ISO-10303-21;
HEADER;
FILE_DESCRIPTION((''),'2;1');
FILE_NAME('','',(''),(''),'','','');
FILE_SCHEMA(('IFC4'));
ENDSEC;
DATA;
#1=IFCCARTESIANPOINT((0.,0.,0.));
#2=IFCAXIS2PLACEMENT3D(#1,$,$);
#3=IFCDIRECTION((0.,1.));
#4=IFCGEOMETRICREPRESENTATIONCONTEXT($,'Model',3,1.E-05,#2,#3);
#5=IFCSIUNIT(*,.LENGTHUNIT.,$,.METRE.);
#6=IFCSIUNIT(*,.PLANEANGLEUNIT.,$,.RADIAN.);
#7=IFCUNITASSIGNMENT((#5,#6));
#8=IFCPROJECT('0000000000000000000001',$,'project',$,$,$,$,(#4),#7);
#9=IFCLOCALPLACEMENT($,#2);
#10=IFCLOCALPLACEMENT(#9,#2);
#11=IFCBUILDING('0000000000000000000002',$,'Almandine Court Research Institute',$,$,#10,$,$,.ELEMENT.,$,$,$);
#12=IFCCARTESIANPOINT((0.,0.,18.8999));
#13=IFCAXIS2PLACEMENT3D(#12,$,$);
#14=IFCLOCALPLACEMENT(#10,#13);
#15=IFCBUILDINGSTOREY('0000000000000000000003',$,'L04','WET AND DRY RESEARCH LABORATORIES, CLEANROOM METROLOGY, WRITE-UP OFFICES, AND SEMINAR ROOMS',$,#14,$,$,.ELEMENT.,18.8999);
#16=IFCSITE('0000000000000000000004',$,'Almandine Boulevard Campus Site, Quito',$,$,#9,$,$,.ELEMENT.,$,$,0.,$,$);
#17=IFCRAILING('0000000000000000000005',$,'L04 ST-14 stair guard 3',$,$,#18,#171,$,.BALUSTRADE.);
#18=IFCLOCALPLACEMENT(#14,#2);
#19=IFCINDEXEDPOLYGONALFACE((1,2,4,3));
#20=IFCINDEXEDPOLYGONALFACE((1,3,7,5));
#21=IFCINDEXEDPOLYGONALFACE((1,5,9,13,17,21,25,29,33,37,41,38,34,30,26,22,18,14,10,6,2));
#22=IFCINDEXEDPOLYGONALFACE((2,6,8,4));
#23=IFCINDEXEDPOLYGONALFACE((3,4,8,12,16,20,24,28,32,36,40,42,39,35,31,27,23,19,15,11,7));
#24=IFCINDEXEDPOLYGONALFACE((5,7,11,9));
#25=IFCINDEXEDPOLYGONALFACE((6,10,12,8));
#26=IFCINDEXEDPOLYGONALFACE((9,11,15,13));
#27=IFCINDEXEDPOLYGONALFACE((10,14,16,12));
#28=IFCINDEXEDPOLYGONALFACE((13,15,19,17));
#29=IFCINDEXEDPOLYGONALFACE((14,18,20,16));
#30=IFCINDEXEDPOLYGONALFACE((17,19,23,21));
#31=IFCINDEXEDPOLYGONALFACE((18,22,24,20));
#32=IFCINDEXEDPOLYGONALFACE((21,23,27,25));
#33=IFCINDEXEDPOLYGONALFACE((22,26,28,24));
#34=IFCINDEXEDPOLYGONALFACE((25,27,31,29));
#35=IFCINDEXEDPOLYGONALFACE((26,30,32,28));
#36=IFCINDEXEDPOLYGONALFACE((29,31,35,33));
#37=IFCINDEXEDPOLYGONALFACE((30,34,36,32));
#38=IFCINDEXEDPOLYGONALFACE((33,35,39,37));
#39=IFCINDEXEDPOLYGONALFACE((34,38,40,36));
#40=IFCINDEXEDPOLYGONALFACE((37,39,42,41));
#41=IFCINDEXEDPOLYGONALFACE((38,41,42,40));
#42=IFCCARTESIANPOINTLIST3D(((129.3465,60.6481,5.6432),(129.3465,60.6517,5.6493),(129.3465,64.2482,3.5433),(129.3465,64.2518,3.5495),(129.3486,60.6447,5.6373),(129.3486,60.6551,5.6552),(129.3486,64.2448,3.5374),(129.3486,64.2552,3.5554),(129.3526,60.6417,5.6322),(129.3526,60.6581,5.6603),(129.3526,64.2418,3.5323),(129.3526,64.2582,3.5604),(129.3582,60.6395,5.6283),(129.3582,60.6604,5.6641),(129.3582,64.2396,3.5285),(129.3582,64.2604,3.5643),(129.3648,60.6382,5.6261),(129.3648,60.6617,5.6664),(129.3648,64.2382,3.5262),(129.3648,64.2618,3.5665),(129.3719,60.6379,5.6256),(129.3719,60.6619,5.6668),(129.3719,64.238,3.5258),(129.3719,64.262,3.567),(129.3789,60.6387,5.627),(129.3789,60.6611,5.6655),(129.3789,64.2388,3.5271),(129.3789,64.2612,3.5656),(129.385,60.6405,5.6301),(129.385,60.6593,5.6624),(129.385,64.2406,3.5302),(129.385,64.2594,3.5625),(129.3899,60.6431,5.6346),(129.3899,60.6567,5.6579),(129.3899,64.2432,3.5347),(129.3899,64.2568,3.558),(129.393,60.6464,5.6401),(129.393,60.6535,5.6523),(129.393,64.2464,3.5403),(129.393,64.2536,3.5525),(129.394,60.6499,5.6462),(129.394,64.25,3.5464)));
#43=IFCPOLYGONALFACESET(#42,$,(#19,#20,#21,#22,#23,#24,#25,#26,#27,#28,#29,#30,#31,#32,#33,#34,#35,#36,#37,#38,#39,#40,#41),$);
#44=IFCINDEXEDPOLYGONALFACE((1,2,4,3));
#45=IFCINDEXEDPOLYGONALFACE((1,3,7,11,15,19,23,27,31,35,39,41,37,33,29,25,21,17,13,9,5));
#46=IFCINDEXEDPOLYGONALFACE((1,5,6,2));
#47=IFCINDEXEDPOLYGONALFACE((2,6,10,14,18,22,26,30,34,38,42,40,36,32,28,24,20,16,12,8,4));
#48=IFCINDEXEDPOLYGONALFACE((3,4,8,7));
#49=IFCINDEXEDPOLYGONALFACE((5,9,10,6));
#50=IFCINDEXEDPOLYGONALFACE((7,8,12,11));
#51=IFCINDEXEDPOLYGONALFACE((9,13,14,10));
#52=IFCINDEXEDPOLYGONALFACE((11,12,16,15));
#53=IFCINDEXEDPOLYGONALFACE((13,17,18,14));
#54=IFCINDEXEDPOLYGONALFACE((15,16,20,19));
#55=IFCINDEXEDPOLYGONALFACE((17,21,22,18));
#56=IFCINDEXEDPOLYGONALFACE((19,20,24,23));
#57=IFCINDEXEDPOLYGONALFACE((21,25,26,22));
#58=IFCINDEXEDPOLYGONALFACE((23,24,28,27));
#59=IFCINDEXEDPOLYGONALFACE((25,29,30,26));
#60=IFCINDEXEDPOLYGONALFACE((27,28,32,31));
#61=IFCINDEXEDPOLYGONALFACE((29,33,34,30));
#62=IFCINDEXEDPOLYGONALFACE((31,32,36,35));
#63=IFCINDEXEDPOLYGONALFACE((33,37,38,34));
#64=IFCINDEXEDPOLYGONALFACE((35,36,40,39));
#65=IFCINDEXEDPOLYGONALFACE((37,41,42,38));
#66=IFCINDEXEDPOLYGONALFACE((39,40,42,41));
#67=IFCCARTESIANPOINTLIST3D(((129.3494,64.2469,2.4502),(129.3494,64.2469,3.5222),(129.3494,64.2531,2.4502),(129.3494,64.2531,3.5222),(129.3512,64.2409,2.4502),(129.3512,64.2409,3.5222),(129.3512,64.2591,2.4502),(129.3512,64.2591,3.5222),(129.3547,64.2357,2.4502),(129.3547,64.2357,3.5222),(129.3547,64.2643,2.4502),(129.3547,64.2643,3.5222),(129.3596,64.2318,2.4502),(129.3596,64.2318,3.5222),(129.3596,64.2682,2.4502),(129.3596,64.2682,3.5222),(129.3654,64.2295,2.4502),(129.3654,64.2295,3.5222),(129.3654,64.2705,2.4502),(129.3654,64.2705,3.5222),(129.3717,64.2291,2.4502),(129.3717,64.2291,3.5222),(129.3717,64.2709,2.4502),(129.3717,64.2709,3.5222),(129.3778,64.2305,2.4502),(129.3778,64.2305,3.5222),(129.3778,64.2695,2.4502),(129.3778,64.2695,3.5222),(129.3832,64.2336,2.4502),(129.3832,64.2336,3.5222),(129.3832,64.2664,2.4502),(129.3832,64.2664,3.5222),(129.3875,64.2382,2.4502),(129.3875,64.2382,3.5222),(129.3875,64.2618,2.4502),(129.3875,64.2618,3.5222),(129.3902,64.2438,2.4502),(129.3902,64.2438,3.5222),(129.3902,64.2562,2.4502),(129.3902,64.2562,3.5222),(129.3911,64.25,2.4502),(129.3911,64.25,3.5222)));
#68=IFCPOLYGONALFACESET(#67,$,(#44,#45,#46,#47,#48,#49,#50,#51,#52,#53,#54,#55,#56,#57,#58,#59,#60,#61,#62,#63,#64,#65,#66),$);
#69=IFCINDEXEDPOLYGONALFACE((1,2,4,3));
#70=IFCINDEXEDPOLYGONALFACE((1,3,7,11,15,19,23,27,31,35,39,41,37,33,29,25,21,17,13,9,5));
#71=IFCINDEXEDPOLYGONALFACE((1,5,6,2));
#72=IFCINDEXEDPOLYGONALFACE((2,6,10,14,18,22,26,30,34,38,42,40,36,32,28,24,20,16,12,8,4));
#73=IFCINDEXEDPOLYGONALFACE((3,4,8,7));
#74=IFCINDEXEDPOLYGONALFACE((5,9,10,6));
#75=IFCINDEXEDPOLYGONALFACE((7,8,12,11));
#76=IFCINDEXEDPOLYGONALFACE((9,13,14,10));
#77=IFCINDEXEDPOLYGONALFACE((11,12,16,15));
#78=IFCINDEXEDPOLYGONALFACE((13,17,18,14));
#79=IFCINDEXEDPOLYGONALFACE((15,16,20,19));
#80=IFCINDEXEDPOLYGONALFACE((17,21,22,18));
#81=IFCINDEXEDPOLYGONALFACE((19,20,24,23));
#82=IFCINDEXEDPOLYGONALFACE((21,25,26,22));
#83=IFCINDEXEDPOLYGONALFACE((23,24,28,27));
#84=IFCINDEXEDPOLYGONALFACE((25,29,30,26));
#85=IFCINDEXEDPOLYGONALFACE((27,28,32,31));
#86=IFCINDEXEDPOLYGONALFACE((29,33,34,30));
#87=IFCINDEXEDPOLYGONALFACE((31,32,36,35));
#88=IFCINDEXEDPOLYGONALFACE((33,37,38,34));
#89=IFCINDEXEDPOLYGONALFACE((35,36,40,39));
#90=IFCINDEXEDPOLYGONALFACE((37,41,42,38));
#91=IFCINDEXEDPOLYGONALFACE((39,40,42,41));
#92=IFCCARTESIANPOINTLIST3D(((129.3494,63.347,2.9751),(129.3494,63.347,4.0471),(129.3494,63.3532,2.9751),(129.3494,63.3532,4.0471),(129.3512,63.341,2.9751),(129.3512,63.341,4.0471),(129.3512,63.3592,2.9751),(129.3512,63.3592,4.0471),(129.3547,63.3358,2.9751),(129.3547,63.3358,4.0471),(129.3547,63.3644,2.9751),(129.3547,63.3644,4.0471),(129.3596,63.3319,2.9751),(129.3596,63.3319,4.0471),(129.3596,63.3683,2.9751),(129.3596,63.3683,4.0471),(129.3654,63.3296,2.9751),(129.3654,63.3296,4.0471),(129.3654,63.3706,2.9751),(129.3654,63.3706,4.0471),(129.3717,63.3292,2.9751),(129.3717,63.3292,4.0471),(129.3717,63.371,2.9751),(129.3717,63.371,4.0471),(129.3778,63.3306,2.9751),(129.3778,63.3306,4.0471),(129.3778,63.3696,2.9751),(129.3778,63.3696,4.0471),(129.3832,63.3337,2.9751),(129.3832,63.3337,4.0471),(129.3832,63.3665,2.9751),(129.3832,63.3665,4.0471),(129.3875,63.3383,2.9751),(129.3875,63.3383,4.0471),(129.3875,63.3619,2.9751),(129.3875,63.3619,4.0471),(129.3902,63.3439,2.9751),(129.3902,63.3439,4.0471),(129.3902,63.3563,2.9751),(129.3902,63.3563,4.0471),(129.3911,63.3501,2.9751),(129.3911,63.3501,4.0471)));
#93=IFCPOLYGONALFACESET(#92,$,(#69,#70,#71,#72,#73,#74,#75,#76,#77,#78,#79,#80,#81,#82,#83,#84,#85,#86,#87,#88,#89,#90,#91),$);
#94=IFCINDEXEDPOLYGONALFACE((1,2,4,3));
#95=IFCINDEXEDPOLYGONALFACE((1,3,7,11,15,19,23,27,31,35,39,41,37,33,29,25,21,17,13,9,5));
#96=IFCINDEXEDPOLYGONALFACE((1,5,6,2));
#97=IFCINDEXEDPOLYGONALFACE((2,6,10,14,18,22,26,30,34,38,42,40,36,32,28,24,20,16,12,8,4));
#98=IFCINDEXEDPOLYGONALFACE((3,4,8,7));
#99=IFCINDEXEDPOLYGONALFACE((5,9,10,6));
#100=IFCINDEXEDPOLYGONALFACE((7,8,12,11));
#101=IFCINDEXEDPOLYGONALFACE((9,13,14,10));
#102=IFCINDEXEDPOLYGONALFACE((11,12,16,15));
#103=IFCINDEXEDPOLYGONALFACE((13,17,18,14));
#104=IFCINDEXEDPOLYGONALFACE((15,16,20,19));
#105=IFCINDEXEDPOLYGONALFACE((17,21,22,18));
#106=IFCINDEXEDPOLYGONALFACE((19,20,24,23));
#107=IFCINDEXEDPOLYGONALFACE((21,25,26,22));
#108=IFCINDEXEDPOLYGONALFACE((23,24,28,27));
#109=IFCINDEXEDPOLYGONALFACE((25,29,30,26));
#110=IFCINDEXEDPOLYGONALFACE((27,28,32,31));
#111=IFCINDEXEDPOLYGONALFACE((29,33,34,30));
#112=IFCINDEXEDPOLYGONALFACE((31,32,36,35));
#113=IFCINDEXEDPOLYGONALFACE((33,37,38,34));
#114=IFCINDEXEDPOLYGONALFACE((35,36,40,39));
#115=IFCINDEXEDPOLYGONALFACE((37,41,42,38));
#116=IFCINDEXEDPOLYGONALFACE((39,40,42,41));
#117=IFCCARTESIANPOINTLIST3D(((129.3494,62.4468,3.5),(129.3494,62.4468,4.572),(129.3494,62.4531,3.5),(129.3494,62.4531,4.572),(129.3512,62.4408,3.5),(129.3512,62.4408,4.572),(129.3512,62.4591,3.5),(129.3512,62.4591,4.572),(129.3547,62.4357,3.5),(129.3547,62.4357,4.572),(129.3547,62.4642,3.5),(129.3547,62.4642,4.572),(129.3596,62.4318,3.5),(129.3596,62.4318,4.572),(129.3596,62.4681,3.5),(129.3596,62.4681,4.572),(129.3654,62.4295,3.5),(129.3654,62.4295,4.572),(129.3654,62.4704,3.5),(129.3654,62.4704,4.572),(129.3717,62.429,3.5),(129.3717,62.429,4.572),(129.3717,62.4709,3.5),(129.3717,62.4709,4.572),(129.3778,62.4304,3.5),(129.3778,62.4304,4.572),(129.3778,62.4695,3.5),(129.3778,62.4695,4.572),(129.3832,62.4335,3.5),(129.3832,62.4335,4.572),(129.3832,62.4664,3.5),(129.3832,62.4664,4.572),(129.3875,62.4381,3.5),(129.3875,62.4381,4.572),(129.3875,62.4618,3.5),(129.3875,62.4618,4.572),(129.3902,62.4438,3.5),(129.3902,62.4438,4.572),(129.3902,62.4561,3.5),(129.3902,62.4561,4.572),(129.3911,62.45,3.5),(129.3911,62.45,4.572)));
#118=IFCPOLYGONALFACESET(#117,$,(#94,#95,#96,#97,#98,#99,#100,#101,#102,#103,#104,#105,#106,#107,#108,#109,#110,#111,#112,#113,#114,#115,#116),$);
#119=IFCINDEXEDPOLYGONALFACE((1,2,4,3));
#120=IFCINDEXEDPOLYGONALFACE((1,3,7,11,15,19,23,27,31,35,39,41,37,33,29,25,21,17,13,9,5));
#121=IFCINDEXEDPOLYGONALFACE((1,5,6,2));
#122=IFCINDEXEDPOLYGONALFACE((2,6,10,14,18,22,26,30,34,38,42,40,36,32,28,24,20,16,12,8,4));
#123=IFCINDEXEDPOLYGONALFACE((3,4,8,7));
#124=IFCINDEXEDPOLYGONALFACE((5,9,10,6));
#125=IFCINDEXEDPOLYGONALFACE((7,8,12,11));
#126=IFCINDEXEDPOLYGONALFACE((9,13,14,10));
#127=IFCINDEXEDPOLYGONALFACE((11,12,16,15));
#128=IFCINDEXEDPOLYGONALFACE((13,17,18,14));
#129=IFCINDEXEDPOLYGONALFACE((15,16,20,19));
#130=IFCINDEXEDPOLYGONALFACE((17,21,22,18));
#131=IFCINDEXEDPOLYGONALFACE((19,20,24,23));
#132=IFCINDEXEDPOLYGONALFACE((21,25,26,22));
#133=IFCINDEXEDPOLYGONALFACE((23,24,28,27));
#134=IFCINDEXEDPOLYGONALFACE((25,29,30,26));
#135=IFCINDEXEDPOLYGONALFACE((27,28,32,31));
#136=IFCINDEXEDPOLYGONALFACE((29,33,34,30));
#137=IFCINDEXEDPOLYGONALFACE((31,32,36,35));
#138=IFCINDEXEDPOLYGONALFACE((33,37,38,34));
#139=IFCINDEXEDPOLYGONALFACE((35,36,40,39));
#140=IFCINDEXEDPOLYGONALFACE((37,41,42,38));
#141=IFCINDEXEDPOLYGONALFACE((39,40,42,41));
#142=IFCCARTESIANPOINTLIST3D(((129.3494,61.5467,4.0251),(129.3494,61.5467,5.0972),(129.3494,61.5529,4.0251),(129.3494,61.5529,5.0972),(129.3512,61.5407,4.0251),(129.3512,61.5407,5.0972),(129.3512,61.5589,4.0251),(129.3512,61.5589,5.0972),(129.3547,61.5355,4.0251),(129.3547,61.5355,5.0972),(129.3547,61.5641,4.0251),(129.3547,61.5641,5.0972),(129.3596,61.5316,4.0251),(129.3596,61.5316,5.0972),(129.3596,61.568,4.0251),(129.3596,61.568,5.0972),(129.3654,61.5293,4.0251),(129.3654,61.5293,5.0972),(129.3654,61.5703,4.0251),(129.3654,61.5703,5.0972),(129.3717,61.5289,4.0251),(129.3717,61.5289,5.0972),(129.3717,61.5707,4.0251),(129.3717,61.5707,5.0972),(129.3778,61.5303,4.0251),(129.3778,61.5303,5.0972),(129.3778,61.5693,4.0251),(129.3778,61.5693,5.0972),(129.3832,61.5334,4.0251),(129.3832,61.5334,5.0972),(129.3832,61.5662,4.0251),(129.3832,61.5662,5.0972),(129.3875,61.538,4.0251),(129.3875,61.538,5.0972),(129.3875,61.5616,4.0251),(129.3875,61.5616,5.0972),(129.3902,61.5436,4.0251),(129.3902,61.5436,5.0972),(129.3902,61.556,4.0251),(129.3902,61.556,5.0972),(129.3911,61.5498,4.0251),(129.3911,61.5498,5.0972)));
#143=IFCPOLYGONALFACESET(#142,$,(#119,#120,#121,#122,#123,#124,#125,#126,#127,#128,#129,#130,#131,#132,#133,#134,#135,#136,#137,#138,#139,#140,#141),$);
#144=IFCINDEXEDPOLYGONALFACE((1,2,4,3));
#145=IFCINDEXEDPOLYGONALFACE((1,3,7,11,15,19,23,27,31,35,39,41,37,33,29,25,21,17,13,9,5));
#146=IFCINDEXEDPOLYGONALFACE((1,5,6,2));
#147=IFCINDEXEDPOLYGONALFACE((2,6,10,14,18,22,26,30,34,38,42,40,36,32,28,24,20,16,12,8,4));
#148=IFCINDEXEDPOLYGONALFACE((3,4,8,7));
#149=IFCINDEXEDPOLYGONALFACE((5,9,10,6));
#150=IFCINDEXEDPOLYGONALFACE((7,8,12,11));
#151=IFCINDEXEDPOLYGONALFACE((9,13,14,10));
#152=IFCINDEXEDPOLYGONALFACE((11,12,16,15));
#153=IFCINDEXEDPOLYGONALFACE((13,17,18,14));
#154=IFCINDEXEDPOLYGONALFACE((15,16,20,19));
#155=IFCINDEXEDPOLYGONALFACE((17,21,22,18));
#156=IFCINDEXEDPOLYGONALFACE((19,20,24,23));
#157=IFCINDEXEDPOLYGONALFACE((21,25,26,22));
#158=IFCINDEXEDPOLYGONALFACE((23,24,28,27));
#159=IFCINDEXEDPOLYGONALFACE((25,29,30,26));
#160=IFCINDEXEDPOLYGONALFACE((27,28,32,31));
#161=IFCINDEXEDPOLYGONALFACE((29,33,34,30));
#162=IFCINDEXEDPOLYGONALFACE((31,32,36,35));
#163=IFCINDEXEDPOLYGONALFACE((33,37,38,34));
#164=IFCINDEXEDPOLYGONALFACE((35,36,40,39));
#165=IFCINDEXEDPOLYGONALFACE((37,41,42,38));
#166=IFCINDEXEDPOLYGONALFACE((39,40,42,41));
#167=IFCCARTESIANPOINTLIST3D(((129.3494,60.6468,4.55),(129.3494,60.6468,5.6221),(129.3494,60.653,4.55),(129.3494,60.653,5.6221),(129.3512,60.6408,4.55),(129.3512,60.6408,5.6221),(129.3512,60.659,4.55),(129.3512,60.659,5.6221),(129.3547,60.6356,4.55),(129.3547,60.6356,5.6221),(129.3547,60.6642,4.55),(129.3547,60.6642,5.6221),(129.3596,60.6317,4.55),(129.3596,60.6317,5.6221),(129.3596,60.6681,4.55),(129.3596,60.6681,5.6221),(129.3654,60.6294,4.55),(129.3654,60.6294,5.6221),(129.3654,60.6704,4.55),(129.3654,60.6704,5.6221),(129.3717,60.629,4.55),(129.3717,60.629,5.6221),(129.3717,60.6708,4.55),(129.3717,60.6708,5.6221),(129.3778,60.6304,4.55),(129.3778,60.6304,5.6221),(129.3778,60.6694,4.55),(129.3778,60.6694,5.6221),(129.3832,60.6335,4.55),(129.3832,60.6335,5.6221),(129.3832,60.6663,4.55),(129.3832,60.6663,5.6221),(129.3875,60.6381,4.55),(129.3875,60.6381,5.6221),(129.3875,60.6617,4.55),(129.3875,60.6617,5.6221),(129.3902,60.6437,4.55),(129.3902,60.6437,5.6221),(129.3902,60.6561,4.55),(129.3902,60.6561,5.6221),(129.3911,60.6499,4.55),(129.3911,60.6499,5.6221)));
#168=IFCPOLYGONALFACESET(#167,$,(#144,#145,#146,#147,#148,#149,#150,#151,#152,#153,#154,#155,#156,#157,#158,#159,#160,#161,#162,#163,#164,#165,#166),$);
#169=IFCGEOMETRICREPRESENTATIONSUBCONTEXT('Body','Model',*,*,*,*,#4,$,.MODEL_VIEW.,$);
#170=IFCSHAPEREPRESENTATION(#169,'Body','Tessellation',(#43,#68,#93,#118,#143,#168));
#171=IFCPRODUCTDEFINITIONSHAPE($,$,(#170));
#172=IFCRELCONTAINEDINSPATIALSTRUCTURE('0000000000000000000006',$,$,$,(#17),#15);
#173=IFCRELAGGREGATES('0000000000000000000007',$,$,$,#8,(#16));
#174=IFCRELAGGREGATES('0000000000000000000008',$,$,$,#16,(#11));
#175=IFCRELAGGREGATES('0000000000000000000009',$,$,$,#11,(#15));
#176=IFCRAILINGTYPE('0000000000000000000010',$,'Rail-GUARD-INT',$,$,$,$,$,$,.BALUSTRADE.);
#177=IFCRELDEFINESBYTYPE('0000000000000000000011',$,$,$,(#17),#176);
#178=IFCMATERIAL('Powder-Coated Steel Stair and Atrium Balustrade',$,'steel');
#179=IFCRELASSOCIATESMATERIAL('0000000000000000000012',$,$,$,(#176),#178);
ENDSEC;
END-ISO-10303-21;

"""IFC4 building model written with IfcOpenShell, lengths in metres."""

from ifc_helpers import new_model, si_unit, direction, frame, origin, origin_2d, place, context, subcontext, project, spatial, circle, extrude, material, type_object, element, save


model = new_model("IFC4")

# Units and contexts
model_context = context("Model", 3, precision=1e-05, world=origin(), true_north=direction((0.0, 1.0)))
body_context = subcontext(model_context, "Body", "Model", "MODEL_VIEW")
ifc_project = project(units=[si_unit("LENGTHUNIT", "METRE"), si_unit("PLANEANGLEUNIT", "RADIAN")], contexts=[model_context])

# Site, building, storey
site_placement = place(None, origin())
site = spatial("IfcSite", under=ifc_project, at=site_placement, Name="Almandine Boulevard Campus Site, Quito", CompositionType="ELEMENT", RefElevation=0.0)
building_placement = place(site_placement, origin())
building = spatial("IfcBuilding", under=site, at=building_placement, Name="Almandine Court Research Institute", CompositionType="ELEMENT")
storey_placement = place(building_placement, frame((0.0, 0.0, 18.8999)))
storey = spatial("IfcBuildingStorey", under=building, at=storey_placement, Name="L04", Description="WET AND DRY RESEARCH LABORATORIES, CLEANROOM METROLOGY, WRITE-UP OFFICES, AND SEMINAR ROOMS", CompositionType="ELEMENT", Elevation=18.8999)

# Railing
ifc_material_1 = material(Name="Powder-Coated Steel Stair and Atrium Balustrade", Category="steel")
railing_type_1 = type_object("IfcRailingType", Name="Rail-GUARD-INT", PredefinedType="BALUSTRADE", material=ifc_material_1)
railing_1_placement = place(storey_placement, frame((129.3701, 64.25, 2.4502)))
element("IfcRailing", 1, at=railing_1_placement, inside=storey, type_object=railing_type_1, Name="L04 ST-14 stair guard 3", PredefinedType="BALUSTRADE", context=body_context, shape_type="SweptSolid", body=[
    extrude(circle(Radius=0.0239, at=origin_2d()), frame((0.0, 0.0, 1.0962), z_axis=(0.0, -0.8638, 0.503835), x_axis=(1.0, 0.0, 0.0)), (0.0, 0.0, 1.0), 4.1677),
    extrude(circle(Radius=0.021, at=origin_2d()), origin(), (0.0, 0.0, 1.0), 1.072),
    extrude(circle(Radius=0.021, at=origin_2d()), frame((0.0, -0.8999, 0.5249)), (0.0, 0.0, 1.0), 1.072),
    extrude(circle(Radius=0.021, at=origin_2d()), frame((0.0, -1.8, 1.0498)), (0.0, 0.0, 1.0), 1.072),
    extrude(circle(Radius=0.021, at=origin_2d()), frame((0.0, -2.7002, 1.575)), (0.0, 0.0, 1.0), 1.072),
    extrude(circle(Radius=0.021, at=origin_2d()), frame((0.0, -3.6001, 2.0999)), (0.0, 0.0, 1.0), 1.072),
])

save(model, "model.ifc")
